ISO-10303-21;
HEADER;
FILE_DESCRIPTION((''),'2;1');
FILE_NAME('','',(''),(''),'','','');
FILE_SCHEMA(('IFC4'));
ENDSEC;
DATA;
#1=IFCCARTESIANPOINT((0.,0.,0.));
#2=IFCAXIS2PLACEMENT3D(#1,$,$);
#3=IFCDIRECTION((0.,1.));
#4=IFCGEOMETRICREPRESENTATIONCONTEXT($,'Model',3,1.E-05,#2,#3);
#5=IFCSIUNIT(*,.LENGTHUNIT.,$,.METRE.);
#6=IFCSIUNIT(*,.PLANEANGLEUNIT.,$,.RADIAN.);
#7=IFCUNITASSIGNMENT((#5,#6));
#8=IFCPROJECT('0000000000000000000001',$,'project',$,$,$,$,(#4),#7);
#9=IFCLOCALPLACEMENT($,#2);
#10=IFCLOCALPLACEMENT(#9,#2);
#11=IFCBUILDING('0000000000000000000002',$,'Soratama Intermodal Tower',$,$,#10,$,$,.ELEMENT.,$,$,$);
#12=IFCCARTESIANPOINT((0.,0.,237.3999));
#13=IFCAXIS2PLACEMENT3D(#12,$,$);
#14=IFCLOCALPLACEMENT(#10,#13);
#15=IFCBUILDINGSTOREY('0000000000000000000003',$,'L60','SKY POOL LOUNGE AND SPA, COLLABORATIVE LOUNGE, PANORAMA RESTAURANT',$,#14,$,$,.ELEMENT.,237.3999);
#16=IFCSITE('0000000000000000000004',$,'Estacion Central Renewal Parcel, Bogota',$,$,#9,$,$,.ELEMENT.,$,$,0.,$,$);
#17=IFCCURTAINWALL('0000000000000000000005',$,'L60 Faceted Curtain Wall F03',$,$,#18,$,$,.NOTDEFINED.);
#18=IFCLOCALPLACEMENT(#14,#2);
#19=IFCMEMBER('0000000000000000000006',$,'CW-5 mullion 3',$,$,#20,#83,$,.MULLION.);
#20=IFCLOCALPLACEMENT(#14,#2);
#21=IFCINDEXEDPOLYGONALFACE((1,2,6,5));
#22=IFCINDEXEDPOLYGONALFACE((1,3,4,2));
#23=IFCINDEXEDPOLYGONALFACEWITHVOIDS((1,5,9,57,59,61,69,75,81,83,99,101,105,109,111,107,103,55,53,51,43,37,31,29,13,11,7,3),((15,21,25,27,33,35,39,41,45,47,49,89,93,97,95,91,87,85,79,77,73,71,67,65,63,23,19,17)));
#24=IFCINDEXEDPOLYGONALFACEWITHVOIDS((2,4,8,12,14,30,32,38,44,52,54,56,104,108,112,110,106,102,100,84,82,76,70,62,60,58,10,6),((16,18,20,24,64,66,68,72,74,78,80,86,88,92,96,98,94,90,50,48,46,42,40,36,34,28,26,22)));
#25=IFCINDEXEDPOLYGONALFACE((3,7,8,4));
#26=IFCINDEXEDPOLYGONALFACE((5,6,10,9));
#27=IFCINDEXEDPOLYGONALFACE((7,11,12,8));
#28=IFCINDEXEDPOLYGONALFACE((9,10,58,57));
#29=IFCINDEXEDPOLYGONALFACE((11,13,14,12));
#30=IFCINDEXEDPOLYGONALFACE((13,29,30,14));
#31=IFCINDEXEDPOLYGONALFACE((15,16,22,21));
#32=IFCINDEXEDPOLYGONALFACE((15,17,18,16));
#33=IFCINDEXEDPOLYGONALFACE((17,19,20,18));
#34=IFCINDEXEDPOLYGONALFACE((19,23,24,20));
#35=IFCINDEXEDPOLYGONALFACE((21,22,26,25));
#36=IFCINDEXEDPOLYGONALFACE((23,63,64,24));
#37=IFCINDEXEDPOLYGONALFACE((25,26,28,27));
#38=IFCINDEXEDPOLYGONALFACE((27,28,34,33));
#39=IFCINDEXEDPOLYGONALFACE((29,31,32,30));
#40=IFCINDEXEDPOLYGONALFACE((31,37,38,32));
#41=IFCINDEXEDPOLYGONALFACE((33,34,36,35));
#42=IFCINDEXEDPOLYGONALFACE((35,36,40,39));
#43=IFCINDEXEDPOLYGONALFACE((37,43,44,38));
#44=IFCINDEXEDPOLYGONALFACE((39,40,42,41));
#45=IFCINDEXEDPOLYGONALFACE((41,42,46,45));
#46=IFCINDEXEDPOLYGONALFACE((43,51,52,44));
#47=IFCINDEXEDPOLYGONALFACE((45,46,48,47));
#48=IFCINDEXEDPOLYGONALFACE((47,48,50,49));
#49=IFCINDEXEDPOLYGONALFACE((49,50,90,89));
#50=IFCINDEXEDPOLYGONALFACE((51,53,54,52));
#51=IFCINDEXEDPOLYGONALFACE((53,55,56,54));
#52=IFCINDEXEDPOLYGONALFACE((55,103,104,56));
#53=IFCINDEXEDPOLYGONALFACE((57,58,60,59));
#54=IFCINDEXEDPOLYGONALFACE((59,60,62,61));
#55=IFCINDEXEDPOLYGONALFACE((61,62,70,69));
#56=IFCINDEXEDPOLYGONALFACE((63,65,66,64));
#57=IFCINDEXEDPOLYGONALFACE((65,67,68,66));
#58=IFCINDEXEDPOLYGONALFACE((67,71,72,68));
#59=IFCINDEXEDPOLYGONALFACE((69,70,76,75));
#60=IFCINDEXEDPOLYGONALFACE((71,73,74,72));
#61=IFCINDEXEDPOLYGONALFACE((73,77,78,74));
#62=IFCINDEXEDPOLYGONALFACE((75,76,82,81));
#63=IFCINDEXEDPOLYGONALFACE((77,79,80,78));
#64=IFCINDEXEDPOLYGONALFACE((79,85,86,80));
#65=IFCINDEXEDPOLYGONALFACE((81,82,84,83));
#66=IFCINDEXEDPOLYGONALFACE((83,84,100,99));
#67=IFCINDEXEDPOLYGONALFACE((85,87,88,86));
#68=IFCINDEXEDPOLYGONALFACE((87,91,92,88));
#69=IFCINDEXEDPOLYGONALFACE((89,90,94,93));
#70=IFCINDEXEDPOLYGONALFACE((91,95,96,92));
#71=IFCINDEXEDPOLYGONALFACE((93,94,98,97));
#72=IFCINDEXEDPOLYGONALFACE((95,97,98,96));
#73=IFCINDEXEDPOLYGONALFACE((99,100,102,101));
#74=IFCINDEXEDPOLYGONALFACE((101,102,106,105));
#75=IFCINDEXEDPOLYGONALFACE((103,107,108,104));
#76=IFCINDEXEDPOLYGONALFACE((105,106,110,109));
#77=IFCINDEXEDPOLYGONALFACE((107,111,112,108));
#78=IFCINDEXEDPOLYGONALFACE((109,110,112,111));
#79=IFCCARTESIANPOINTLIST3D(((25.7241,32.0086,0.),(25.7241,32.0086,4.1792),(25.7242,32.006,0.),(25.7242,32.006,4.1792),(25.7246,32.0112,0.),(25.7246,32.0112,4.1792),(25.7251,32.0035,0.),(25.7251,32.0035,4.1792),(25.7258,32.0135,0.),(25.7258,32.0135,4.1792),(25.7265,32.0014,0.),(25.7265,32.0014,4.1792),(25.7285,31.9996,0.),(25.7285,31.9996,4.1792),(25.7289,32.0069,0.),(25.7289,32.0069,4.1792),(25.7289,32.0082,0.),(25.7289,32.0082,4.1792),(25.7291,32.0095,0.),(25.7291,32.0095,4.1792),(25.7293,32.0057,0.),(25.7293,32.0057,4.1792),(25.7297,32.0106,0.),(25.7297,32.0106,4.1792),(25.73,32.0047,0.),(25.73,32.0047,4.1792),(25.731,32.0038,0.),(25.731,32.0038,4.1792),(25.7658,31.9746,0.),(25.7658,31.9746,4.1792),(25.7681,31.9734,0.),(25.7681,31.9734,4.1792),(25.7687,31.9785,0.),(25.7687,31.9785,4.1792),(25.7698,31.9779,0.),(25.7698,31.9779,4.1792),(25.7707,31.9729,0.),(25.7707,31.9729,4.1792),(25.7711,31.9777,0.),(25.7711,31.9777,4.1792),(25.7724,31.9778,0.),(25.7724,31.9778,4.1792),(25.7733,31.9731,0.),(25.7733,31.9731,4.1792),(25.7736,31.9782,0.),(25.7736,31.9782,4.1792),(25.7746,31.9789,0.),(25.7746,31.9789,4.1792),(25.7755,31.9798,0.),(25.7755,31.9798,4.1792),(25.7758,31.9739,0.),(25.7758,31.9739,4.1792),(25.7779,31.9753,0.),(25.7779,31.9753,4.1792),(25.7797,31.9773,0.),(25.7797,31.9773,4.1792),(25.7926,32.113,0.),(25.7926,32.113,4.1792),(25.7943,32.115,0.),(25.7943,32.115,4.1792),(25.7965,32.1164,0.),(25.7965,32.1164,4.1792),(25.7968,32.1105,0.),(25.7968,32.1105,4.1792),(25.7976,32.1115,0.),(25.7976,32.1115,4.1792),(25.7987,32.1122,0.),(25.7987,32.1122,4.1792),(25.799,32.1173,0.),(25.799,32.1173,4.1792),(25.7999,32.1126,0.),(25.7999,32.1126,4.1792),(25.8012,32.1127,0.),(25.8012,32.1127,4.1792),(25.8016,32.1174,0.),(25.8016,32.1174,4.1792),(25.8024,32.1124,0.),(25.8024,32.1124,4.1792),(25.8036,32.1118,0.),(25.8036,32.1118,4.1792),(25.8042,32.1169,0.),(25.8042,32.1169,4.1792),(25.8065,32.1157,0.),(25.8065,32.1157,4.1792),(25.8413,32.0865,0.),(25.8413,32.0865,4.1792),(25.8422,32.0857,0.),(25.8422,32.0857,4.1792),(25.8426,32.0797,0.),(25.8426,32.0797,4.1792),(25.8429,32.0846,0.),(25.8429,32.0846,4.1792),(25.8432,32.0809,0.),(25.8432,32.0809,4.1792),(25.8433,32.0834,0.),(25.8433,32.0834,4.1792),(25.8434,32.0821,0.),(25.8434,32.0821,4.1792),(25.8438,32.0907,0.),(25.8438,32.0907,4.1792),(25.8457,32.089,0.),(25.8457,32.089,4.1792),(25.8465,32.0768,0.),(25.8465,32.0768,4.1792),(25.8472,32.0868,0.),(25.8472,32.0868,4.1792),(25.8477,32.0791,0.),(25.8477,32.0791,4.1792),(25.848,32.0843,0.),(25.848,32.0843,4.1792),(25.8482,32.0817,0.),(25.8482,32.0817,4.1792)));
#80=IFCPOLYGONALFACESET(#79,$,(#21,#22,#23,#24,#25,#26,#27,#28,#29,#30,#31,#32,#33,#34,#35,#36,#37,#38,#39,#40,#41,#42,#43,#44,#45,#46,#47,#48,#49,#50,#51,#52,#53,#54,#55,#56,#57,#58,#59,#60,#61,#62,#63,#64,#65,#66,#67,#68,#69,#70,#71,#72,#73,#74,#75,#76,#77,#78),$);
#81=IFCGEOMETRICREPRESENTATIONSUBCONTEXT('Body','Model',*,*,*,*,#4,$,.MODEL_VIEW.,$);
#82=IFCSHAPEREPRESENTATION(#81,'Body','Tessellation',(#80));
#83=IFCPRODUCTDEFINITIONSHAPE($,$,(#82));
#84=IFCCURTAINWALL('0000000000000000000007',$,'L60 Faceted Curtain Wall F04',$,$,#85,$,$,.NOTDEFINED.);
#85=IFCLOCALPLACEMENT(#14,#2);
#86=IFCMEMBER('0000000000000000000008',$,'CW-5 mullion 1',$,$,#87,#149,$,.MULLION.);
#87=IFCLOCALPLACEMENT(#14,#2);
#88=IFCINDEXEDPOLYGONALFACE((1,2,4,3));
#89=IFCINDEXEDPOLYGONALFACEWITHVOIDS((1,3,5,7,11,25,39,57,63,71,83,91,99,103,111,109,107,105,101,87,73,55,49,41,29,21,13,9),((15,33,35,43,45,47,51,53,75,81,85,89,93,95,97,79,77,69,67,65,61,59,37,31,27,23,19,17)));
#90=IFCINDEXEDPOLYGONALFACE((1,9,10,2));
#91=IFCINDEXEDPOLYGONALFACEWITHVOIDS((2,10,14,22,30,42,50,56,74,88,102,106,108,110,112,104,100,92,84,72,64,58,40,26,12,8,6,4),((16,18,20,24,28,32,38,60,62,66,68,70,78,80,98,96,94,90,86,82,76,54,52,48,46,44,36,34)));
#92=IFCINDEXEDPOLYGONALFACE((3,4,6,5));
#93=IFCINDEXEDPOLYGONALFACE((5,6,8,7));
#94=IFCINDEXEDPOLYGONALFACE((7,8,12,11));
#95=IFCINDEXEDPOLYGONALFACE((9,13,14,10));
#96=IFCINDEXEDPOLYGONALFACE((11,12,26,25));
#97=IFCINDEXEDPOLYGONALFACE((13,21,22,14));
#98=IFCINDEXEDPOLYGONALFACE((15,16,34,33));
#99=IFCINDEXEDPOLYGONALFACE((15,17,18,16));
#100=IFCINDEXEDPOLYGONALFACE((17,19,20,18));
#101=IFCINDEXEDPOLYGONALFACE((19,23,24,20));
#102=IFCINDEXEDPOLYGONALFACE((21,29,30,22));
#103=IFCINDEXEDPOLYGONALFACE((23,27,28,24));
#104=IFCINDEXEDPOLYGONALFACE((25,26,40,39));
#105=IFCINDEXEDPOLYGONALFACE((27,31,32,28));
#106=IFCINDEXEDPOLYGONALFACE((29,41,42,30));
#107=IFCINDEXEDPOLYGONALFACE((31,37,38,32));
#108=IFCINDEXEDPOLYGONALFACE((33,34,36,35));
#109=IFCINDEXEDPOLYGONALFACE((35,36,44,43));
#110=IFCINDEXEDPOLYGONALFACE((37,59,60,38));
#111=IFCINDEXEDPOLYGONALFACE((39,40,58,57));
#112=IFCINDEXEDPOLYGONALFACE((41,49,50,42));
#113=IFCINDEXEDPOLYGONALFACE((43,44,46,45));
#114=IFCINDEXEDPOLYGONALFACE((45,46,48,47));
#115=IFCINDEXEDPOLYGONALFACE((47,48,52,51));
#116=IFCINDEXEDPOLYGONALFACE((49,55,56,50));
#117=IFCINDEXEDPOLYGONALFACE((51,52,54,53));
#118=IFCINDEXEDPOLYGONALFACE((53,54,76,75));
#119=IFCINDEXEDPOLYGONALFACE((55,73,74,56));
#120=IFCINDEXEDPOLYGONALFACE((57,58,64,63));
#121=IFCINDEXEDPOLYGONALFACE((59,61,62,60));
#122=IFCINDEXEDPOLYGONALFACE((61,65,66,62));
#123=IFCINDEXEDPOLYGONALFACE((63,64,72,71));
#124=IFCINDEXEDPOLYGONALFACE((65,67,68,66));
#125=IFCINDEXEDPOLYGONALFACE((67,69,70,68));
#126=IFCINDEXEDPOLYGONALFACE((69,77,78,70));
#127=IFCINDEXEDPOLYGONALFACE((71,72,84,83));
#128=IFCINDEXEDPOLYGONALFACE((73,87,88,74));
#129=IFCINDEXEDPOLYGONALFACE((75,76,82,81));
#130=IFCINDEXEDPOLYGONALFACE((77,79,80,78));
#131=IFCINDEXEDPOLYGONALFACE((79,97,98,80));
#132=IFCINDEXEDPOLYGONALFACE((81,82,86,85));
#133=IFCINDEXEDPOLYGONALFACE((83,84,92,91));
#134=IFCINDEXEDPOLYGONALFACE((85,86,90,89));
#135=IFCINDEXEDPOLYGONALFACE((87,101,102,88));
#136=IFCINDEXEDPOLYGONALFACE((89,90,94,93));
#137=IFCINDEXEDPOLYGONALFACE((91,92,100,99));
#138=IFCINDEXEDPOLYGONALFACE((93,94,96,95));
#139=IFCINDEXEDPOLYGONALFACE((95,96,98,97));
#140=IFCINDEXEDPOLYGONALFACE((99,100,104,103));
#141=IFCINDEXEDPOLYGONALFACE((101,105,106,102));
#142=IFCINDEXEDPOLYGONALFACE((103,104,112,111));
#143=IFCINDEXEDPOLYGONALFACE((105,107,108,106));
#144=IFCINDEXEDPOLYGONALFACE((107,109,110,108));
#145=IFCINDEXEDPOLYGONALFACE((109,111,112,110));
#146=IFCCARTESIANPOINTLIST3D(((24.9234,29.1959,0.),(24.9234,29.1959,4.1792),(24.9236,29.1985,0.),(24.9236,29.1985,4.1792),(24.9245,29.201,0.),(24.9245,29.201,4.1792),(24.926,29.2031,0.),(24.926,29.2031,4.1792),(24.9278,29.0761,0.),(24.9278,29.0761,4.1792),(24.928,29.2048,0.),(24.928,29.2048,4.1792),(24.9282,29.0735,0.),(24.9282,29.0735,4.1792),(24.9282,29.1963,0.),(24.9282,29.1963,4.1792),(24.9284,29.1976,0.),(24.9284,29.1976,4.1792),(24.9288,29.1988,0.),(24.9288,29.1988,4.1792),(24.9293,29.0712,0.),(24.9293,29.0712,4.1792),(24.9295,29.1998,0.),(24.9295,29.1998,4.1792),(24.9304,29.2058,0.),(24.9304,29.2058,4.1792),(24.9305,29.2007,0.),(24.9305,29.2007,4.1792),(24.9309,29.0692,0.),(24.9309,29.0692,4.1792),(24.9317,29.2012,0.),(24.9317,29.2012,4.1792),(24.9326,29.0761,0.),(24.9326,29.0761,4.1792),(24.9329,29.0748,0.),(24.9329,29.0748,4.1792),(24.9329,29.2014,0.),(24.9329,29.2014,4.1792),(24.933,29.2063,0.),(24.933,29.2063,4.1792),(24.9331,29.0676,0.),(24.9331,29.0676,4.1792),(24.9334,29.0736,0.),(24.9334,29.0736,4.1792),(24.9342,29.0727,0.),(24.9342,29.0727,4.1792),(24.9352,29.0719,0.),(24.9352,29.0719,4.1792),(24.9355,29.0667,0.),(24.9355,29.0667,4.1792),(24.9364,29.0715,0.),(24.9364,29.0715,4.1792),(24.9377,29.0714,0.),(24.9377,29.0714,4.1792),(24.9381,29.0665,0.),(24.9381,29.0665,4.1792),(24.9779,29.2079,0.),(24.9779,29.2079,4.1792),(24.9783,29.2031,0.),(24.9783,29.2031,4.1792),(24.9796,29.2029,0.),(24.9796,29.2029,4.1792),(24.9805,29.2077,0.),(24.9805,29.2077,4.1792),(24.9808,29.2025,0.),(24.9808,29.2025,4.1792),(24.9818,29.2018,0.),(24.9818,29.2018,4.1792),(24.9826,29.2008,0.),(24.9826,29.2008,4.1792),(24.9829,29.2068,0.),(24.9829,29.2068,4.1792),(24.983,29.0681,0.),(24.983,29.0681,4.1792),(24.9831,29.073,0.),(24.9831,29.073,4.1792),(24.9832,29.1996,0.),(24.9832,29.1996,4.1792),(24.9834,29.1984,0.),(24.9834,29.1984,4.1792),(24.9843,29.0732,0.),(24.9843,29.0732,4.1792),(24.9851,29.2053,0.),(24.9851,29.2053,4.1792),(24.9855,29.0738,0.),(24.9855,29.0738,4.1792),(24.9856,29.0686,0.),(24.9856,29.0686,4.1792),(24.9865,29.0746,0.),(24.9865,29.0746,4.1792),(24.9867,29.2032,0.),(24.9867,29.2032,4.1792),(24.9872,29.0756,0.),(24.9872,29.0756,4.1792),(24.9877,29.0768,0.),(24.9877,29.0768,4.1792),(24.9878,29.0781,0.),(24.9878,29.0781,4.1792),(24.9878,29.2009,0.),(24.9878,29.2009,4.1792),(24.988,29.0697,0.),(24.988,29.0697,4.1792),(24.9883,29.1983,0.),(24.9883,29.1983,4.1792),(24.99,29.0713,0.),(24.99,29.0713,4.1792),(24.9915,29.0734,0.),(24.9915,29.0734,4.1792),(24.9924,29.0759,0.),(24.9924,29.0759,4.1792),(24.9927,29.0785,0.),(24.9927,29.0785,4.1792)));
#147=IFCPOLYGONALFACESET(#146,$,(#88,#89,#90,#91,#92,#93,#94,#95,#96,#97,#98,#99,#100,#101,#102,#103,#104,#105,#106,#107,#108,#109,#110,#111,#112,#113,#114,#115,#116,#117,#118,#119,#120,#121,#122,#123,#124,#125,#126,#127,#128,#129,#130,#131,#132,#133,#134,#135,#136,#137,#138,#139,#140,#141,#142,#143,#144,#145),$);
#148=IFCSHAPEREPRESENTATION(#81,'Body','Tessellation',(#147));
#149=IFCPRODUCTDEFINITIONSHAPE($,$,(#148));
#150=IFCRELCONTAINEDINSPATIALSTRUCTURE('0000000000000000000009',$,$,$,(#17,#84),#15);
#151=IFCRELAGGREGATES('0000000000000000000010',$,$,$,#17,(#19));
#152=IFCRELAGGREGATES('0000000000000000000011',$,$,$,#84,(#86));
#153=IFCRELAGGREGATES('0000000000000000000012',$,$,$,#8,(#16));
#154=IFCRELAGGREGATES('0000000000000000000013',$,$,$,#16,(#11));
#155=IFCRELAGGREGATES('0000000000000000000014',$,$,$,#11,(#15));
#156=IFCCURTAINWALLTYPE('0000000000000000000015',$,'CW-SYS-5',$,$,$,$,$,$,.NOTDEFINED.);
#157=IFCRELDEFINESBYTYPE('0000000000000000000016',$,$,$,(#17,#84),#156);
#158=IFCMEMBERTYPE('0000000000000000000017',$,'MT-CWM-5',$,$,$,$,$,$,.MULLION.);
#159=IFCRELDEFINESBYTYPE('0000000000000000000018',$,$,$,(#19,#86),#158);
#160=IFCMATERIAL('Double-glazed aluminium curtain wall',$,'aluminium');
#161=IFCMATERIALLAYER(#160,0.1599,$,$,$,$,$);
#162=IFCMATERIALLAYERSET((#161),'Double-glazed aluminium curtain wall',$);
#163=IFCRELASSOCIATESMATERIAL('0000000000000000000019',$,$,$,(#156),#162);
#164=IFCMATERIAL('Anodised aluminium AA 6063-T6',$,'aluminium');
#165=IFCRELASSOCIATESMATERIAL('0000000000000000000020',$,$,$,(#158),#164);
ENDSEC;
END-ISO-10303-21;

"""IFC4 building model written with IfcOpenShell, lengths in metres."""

from ifc_helpers import new_model, si_unit, direction, frame, origin, origin_2d, place, context, subcontext, project, spatial, hollow_rectangle, extrude, material, layer, layer_set, material_profile, profile_set, type_object, element, aggregate, save


model = new_model("IFC4")

# Units and contexts
model_context = context("Model", 3, precision=1e-05, world=origin(), true_north=direction((0.0, 1.0)))
body_context = subcontext(model_context, "Body", "Model", "MODEL_VIEW")
ifc_project = project(units=[si_unit("LENGTHUNIT", "METRE"), si_unit("PLANEANGLEUNIT", "RADIAN")], contexts=[model_context])

# Site, building, storey
site_placement = place(None, origin())
site = spatial("IfcSite", under=ifc_project, at=site_placement, Name="Estacion Central Renewal Parcel, Bogota", CompositionType="ELEMENT", RefElevation=0.0)
building_placement = place(site_placement, origin())
building = spatial("IfcBuilding", under=site, at=building_placement, Name="Soratama Intermodal Tower", CompositionType="ELEMENT")
storey_placement = place(building_placement, frame((0.0, 0.0, 237.3999)))
storey = spatial("IfcBuildingStorey", under=building, at=storey_placement, Name="L60", Description="SKY POOL LOUNGE AND SPA, COLLABORATIVE LOUNGE, PANORAMA RESTAURANT", CompositionType="ELEMENT", Elevation=237.3999)

# Curtain wall, member
ifc_material_1 = material(Name="Double-glazed aluminium curtain wall", Category="aluminium")
ifc_layer_1 = layer(ifc_material_1, 0.1599)
ifc_layer_set_1 = layer_set([ifc_layer_1], Name="Double-glazed aluminium curtain wall")
curtain_wall_type = type_object("IfcCurtainWallType", Name="CW-SYS-5", PredefinedType="NOTDEFINED", material=ifc_layer_set_1)
curtain_wall_1_placement = place(storey_placement, origin())
curtain_wall_1 = element("IfcCurtainWall", 1, at=curtain_wall_1_placement, inside=storey, type_object=curtain_wall_type, Name="L60 Faceted Curtain Wall F03", PredefinedType="NOTDEFINED")
ifc_material_2 = material(Name="Anodised aluminium AA 6063-T6", Category="aluminium")
ifc_material_profile_1 = material_profile(ifc_material_2, hollow_rectangle(XDim=0.0649, YDim=0.1399, WallThickness=0.0049, InnerFilletRadius=0.0049, OuterFilletRadius=0.01, at=origin_2d()), Name="CWM140X65X5")
ifc_profile_set_1 = profile_set([ifc_material_profile_1], Name="Anodised aluminium AA 6063-T6")
member_type_1 = type_object("IfcMemberType", Name="MT-CWM-5", PredefinedType="MULLION", material=ifc_profile_set_1)
member_1_placement = place(storey_placement, frame((25.7861, 32.0452, 0.0), z_axis=(0.0, 0.0, 1.0), x_axis=(0.830013, -0.557744, 0.0)))
member_1 = element("IfcMember", 2, at=member_1_placement, type_object=member_type_1, Name="CW-5 mullion 3", PredefinedType="MULLION", context=body_context, shape_type="SweptSolid", body=[
    extrude(hollow_rectangle(XDim=0.0649, YDim=0.1399, WallThickness=0.0049, InnerFilletRadius=0.0049, OuterFilletRadius=0.01, at=origin_2d()), origin(), (0.0, 0.0, 1.0), 4.1792),
])
aggregate(curtain_wall_1, [member_1])

# Curtain wall, member
curtain_wall_2_placement = place(storey_placement, origin())
curtain_wall_2 = element("IfcCurtainWall", 3, at=curtain_wall_2_placement, inside=storey, type_object=curtain_wall_type, Name="L60 Faceted Curtain Wall F04", PredefinedType="NOTDEFINED")
member_2_placement = place(storey_placement, frame((24.958, 29.1372, 0.0), z_axis=(0.0, 0.0, 1.0), x_axis=(0.999328, 0.036641, 0.0)))
member_2 = element("IfcMember", 4, at=member_2_placement, type_object=member_type_1, Name="CW-5 mullion 1", PredefinedType="MULLION", context=body_context, shape_type="SweptSolid", body=[
    extrude(hollow_rectangle(XDim=0.0649, YDim=0.1399, WallThickness=0.0049, InnerFilletRadius=0.0049, OuterFilletRadius=0.01, at=origin_2d()), origin(), (0.0, 0.0, 1.0), 4.1792),
])
aggregate(curtain_wall_2, [member_2])

save(model, "model.ifc")
